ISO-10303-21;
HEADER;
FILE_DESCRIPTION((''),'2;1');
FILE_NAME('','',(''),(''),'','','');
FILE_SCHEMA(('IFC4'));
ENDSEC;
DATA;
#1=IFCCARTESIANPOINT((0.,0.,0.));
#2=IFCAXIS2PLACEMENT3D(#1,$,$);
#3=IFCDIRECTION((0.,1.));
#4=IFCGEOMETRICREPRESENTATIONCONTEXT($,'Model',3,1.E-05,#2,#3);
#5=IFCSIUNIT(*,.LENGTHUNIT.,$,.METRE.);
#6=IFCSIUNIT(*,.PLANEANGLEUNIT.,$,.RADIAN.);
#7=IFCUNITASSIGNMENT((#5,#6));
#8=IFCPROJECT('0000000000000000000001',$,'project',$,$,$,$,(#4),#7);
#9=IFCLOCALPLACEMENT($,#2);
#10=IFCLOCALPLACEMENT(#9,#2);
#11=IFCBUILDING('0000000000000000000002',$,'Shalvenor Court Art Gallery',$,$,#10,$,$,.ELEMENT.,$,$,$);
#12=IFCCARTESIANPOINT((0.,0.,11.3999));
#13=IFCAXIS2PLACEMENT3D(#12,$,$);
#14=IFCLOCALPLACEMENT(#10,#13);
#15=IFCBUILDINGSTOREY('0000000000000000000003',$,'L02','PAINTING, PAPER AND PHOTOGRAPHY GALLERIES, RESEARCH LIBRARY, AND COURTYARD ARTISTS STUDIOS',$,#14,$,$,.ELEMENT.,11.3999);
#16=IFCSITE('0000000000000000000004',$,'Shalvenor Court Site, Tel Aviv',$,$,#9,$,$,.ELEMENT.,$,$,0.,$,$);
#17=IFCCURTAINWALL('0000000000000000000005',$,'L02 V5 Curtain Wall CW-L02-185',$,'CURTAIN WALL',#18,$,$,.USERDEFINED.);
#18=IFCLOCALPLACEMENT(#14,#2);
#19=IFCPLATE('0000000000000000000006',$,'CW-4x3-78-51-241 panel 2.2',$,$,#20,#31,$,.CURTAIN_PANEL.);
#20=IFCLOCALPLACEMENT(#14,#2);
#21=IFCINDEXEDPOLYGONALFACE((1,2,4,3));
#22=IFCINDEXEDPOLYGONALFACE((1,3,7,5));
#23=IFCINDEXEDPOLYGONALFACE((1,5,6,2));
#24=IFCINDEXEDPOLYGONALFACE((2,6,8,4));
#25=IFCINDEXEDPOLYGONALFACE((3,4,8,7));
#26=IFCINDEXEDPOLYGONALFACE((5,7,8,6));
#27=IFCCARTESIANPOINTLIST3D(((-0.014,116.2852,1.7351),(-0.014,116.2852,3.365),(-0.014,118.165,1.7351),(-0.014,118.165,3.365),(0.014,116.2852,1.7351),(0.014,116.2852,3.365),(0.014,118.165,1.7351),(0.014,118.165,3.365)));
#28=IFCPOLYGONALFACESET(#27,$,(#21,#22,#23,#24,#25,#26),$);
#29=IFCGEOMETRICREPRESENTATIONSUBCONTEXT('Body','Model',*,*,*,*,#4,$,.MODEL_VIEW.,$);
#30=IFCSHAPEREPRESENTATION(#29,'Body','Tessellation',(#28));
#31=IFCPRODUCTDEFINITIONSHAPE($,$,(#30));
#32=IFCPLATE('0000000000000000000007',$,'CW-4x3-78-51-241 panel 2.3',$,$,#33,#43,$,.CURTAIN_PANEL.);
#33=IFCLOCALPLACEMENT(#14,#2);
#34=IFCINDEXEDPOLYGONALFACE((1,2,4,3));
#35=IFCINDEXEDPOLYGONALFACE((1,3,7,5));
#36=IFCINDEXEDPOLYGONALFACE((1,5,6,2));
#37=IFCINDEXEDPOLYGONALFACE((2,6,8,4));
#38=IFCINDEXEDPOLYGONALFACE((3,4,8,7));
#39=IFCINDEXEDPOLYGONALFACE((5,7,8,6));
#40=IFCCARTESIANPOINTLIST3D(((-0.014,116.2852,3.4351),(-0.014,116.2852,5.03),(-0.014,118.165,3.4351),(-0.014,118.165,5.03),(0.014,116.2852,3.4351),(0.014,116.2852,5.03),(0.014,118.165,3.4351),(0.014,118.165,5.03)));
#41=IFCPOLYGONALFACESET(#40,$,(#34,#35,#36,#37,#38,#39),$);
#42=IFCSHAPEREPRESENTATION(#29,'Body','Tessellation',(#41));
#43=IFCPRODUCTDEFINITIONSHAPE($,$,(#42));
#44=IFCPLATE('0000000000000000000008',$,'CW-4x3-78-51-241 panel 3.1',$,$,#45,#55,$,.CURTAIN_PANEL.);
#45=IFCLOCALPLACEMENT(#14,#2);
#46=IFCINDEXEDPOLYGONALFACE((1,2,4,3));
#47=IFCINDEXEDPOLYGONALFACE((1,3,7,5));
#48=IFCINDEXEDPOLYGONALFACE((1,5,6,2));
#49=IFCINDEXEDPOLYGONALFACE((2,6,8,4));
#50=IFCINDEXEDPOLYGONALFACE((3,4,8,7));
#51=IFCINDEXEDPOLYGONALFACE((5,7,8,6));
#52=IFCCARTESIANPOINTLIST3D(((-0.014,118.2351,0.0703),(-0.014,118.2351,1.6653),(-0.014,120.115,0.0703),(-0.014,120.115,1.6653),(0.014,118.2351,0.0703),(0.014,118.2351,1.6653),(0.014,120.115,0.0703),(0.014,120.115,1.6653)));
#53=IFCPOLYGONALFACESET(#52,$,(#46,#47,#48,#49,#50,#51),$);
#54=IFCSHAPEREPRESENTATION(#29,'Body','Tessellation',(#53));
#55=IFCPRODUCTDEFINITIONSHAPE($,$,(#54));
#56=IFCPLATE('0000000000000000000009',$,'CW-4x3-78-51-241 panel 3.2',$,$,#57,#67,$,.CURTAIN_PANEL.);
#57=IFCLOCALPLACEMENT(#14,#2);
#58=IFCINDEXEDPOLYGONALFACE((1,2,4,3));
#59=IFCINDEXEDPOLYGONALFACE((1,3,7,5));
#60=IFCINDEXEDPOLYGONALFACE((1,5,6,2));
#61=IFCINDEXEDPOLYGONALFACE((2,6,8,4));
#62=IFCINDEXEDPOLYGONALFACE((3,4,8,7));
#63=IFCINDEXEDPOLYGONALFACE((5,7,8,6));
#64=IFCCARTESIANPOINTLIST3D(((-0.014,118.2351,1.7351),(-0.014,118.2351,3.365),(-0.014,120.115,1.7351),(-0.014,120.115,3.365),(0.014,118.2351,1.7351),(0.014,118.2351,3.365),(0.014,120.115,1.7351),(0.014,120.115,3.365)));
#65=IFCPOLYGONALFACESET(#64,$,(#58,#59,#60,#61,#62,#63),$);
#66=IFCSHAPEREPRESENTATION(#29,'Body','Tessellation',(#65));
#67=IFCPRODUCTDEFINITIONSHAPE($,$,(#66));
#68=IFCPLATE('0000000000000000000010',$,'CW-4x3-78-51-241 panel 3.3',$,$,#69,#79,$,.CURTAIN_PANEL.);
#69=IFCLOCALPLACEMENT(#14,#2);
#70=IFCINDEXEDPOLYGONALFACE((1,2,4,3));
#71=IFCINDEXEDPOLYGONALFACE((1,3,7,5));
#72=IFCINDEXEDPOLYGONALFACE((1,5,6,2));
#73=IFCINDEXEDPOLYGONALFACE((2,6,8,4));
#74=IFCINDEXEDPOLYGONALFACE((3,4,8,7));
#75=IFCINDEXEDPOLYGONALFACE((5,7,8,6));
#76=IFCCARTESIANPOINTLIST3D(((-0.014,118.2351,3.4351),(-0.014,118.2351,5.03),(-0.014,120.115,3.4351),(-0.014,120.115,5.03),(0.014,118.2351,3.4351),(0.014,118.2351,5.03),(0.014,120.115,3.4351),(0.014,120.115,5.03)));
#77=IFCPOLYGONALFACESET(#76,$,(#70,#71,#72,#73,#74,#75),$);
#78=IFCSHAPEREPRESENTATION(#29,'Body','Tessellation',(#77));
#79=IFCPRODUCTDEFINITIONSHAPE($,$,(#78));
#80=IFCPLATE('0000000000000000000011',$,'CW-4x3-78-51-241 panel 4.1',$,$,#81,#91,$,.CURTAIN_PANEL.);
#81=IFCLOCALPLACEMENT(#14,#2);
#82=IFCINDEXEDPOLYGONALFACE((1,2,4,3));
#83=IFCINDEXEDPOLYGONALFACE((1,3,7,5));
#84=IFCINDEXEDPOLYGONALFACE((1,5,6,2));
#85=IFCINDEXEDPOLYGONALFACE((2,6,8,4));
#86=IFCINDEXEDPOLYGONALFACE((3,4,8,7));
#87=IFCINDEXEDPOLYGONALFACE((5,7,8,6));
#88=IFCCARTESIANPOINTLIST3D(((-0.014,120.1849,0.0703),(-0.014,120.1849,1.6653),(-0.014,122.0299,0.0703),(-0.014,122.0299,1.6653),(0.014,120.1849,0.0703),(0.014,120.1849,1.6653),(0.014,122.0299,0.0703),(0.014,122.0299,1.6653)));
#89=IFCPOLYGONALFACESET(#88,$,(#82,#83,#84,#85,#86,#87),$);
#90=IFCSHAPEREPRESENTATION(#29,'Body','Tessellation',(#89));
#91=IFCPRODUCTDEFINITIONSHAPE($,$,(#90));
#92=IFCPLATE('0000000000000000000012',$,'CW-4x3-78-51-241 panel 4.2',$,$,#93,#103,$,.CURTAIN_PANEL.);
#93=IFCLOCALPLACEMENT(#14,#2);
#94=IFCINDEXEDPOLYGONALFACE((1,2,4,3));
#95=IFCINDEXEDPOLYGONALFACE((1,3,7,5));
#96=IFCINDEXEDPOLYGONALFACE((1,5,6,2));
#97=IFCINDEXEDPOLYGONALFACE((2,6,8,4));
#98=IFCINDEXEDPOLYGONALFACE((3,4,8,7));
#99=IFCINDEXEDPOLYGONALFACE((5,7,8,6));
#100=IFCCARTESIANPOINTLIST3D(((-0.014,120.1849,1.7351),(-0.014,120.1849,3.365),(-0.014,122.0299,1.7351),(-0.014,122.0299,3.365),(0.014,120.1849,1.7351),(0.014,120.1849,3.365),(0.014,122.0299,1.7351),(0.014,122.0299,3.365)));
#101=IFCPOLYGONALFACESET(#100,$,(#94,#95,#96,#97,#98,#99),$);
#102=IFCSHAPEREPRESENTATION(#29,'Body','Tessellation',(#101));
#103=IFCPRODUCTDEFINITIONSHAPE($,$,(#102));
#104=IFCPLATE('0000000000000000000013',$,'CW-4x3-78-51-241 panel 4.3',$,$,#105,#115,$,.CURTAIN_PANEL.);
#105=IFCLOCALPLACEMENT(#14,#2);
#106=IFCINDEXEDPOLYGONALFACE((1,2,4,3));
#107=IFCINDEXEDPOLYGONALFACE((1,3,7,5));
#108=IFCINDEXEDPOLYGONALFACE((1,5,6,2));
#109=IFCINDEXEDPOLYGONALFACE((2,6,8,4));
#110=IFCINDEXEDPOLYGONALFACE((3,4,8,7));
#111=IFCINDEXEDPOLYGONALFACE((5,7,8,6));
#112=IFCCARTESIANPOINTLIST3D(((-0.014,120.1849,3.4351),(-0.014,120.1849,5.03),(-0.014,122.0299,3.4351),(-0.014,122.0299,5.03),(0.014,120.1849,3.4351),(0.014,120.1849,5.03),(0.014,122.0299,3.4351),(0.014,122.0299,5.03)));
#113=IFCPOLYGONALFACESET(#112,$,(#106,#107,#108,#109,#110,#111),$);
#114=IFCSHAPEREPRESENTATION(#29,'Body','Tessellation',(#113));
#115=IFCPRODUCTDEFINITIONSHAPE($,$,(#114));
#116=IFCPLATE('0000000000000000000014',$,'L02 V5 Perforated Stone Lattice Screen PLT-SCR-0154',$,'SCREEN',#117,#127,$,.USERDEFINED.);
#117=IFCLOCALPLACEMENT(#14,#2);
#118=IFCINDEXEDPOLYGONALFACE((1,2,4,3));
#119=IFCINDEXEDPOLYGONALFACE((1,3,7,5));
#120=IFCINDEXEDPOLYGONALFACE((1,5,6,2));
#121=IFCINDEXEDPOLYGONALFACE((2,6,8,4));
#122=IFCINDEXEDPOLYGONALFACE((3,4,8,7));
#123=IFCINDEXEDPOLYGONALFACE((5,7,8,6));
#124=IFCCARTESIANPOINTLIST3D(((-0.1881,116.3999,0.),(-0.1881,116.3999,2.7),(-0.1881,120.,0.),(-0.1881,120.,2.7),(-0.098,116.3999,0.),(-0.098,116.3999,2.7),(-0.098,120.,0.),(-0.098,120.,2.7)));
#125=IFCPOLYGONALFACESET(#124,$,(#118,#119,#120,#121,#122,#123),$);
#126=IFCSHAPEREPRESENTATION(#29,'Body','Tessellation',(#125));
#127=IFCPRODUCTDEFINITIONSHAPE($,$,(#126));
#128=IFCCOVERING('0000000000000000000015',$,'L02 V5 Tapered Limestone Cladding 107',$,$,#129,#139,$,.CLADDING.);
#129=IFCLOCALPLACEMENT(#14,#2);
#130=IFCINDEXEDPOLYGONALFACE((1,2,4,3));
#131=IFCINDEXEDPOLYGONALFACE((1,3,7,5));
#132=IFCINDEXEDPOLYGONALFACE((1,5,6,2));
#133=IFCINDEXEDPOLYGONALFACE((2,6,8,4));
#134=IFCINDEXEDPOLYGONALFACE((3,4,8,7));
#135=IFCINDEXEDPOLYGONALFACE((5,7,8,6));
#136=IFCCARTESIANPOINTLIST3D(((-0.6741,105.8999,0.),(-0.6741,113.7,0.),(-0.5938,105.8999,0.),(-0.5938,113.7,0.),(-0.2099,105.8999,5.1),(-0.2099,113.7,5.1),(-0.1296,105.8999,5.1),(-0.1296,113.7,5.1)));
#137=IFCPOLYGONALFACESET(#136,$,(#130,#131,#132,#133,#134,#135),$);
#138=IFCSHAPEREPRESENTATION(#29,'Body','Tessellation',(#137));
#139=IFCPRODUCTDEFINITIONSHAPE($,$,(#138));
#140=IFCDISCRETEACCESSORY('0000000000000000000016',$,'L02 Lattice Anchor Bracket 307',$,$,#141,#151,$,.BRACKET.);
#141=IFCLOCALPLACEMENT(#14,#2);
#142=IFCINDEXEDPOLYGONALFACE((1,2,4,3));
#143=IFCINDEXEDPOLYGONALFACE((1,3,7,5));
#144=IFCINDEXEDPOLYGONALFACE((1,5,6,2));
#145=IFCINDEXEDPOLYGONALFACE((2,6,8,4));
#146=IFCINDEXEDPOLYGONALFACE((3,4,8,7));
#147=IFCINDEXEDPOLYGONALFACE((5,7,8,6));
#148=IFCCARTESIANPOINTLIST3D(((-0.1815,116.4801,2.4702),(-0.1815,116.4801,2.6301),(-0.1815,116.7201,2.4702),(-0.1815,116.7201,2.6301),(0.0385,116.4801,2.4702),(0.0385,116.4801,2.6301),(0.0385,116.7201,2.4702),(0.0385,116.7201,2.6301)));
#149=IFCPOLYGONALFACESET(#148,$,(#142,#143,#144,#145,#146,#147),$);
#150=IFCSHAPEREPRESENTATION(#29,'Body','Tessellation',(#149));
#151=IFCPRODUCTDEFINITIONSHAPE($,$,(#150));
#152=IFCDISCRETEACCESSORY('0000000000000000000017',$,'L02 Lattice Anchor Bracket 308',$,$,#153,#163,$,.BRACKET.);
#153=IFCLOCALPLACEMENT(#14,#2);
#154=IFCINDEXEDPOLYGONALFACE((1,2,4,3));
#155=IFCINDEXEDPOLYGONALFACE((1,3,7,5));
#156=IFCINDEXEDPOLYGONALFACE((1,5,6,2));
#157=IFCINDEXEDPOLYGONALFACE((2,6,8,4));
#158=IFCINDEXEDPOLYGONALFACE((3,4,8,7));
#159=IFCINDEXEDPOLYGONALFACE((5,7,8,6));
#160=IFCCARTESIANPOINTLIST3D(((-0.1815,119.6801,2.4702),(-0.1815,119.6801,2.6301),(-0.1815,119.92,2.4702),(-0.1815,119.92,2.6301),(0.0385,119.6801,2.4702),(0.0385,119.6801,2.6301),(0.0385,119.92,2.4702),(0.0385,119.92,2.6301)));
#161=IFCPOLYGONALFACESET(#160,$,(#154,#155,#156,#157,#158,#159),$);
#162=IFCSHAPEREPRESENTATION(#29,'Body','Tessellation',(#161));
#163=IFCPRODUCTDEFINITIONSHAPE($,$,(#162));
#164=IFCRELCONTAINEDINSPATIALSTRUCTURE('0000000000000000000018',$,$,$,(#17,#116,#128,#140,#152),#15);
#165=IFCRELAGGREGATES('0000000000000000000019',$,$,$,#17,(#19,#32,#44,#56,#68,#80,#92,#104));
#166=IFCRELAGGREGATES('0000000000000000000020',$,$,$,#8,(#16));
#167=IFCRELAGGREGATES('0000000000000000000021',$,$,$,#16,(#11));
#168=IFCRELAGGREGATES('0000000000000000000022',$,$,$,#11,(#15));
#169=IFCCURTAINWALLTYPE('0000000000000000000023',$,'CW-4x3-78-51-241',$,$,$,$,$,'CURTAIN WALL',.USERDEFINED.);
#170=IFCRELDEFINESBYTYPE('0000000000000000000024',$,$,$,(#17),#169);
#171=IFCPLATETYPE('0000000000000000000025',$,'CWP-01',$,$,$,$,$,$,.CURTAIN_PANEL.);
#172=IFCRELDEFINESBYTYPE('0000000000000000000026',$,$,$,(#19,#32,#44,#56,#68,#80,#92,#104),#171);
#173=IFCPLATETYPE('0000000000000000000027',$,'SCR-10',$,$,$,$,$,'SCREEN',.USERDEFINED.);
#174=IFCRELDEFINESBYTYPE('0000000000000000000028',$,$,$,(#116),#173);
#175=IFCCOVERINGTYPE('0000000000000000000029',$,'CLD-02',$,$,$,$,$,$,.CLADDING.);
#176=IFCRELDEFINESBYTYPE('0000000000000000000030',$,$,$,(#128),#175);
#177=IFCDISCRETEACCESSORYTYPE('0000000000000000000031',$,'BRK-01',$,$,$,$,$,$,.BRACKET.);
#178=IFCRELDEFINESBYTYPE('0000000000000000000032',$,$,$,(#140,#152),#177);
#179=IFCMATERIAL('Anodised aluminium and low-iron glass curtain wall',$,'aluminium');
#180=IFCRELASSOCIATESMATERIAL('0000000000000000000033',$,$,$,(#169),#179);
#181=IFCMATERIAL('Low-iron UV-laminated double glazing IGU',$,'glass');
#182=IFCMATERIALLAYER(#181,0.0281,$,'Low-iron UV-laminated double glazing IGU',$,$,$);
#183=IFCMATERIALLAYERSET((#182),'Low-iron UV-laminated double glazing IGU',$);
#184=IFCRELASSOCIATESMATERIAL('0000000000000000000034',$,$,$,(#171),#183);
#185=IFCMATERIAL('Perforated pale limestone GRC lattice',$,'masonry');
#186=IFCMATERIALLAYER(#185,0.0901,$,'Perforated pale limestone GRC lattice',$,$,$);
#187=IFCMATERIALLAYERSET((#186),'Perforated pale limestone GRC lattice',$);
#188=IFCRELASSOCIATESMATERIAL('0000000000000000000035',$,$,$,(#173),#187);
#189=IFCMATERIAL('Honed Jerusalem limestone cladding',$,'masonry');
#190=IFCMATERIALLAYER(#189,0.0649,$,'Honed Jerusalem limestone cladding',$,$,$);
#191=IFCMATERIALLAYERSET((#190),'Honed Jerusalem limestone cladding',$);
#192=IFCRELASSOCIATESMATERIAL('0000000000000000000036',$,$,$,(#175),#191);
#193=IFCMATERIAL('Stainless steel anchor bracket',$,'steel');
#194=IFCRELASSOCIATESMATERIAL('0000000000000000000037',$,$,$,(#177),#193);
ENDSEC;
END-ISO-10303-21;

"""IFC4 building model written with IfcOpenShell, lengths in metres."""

from ifc_helpers import new_model, si_unit, direction, frame, origin, origin_2d, place, context, subcontext, project, spatial, polyline, rectangle, outline, extrude, material, layer, layer_set, type_object, element, aggregate, save


model = new_model("IFC4")

# Units and contexts
model_context = context("Model", 3, precision=1e-05, world=origin(), true_north=direction((0.0, 1.0)))
body_context = subcontext(model_context, "Body", "Model", "MODEL_VIEW")
ifc_project = project(units=[si_unit("LENGTHUNIT", "METRE"), si_unit("PLANEANGLEUNIT", "RADIAN")], contexts=[model_context])

# Site, building, storey
site_placement = place(None, origin())
site = spatial("IfcSite", under=ifc_project, at=site_placement, Name="Shalvenor Court Site, Tel Aviv", CompositionType="ELEMENT", RefElevation=0.0)
building_placement = place(site_placement, origin())
building = spatial("IfcBuilding", under=site, at=building_placement, Name="Shalvenor Court Art Gallery", CompositionType="ELEMENT")
storey_placement = place(building_placement, frame((0.0, 0.0, 11.3999)))
storey = spatial("IfcBuildingStorey", under=building, at=storey_placement, Name="L02", Description="PAINTING, PAPER AND PHOTOGRAPHY GALLERIES, RESEARCH LIBRARY, AND COURTYARD ARTISTS STUDIOS", CompositionType="ELEMENT", Elevation=11.3999)

# Curtain wall, plates
ifc_material_1 = material(Name="Anodised aluminium and low-iron glass curtain wall", Category="aluminium")
curtain_wall_type = type_object("IfcCurtainWallType", Name="CW-4x3-78-51-241", ElementType="CURTAIN WALL", PredefinedType="USERDEFINED", material=ifc_material_1)
curtain_wall_placement = place(storey_placement, origin())
curtain_wall = element("IfcCurtainWall", 1, at=curtain_wall_placement, inside=storey, type_object=curtain_wall_type, Name="L02 V5 Curtain Wall CW-L02-185", ObjectType="CURTAIN WALL", PredefinedType="USERDEFINED")
ifc_material_2 = material(Name="Low-iron UV-laminated double glazing IGU", Category="glass")
ifc_layer_1 = layer(ifc_material_2, 0.0281, Name="Low-iron UV-laminated double glazing IGU")
ifc_layer_set_1 = layer_set([ifc_layer_1], Name="Low-iron UV-laminated double glazing IGU")
plate_type_1 = type_object("IfcPlateType", Name="CWP-01", PredefinedType="CURTAIN_PANEL", material=ifc_layer_set_1)
plate_1_placement = place(storey_placement, frame((0.0, 117.2251, 1.7351), z_axis=(0.0, 0.0, 1.0), x_axis=(0.0, 1.0, 0.0)))
plate_1 = element("IfcPlate", 2, at=plate_1_placement, type_object=plate_type_1, Name="CW-4x3-78-51-241 panel 2.2", PredefinedType="CURTAIN_PANEL", context=body_context, shape_type="SweptSolid", body=[
    extrude(rectangle(XDim=1.8799, YDim=0.0281, at=origin_2d()), origin(), (0.0, 0.0, 1.0), 1.6299),
])
plate_2_placement = place(storey_placement, frame((0.0, 117.2251, 3.4351), z_axis=(0.0, 0.0, 1.0), x_axis=(0.0, 1.0, 0.0)))
plate_2 = element("IfcPlate", 3, at=plate_2_placement, type_object=plate_type_1, Name="CW-4x3-78-51-241 panel 2.3", PredefinedType="CURTAIN_PANEL", context=body_context, shape_type="SweptSolid", body=[
    extrude(rectangle(XDim=1.8799, YDim=0.0281, at=origin_2d()), origin(), (0.0, 0.0, 1.0), 1.595),
])
plate_3_placement = place(storey_placement, frame((0.0, 119.175, 0.0703), z_axis=(0.0, 0.0, 1.0), x_axis=(0.0, 1.0, 0.0)))
plate_3 = element("IfcPlate", 4, at=plate_3_placement, type_object=plate_type_1, Name="CW-4x3-78-51-241 panel 3.1", PredefinedType="CURTAIN_PANEL", context=body_context, shape_type="SweptSolid", body=[
    extrude(rectangle(XDim=1.8799, YDim=0.0281, at=origin_2d()), origin(), (0.0, 0.0, 1.0), 1.595),
])
plate_4_placement = place(storey_placement, frame((0.0, 119.175, 1.7351), z_axis=(0.0, 0.0, 1.0), x_axis=(0.0, 1.0, 0.0)))
plate_4 = element("IfcPlate", 5, at=plate_4_placement, type_object=plate_type_1, Name="CW-4x3-78-51-241 panel 3.2", PredefinedType="CURTAIN_PANEL", context=body_context, shape_type="SweptSolid", body=[
    extrude(rectangle(XDim=1.8799, YDim=0.0281, at=origin_2d()), origin(), (0.0, 0.0, 1.0), 1.6299),
])
plate_5_placement = place(storey_placement, frame((0.0, 119.175, 3.4351), z_axis=(0.0, 0.0, 1.0), x_axis=(0.0, 1.0, 0.0)))
plate_5 = element("IfcPlate", 6, at=plate_5_placement, type_object=plate_type_1, Name="CW-4x3-78-51-241 panel 3.3", PredefinedType="CURTAIN_PANEL", context=body_context, shape_type="SweptSolid", body=[
    extrude(rectangle(XDim=1.8799, YDim=0.0281, at=origin_2d()), origin(), (0.0, 0.0, 1.0), 1.595),
])
plate_6_placement = place(storey_placement, frame((0.0, 121.1074, 0.0703), z_axis=(0.0, 0.0, 1.0), x_axis=(0.0, 1.0, 0.0)))
plate_6 = element("IfcPlate", 7, at=plate_6_placement, type_object=plate_type_1, Name="CW-4x3-78-51-241 panel 4.1", PredefinedType="CURTAIN_PANEL", context=body_context, shape_type="SweptSolid", body=[
    extrude(rectangle(XDim=1.845, YDim=0.0281, at=origin_2d()), origin(), (0.0, 0.0, 1.0), 1.595),
])
plate_7_placement = place(storey_placement, frame((0.0, 121.1074, 1.7351), z_axis=(0.0, 0.0, 1.0), x_axis=(0.0, 1.0, 0.0)))
plate_7 = element("IfcPlate", 8, at=plate_7_placement, type_object=plate_type_1, Name="CW-4x3-78-51-241 panel 4.2", PredefinedType="CURTAIN_PANEL", context=body_context, shape_type="SweptSolid", body=[
    extrude(rectangle(XDim=1.845, YDim=0.0281, at=origin_2d()), origin(), (0.0, 0.0, 1.0), 1.6299),
])
plate_8_placement = place(storey_placement, frame((0.0, 121.1074, 3.4351), z_axis=(0.0, 0.0, 1.0), x_axis=(0.0, 1.0, 0.0)))
plate_8 = element("IfcPlate", 9, at=plate_8_placement, type_object=plate_type_1, Name="CW-4x3-78-51-241 panel 4.3", PredefinedType="CURTAIN_PANEL", context=body_context, shape_type="SweptSolid", body=[
    extrude(rectangle(XDim=1.845, YDim=0.0281, at=origin_2d()), origin(), (0.0, 0.0, 1.0), 1.595),
])
aggregate(curtain_wall, [plate_1, plate_2, plate_3, plate_4, plate_5, plate_6, plate_7, plate_8])

# Plate
ifc_material_3 = material(Name="Perforated pale limestone GRC lattice", Category="masonry")
ifc_layer_2 = layer(ifc_material_3, 0.0901, Name="Perforated pale limestone GRC lattice")
ifc_layer_set_2 = layer_set([ifc_layer_2], Name="Perforated pale limestone GRC lattice")
plate_type_2 = type_object("IfcPlateType", Name="SCR-10", ElementType="SCREEN", PredefinedType="USERDEFINED", material=ifc_layer_set_2)
plate_9_placement = place(storey_placement, frame((-0.1431, 118.2, 0.0), z_axis=(0.0, 0.0, 1.0), x_axis=(0.0, 1.0, 0.0)))
element("IfcPlate", 10, at=plate_9_placement, inside=storey, type_object=plate_type_2, Name="L02 V5 Perforated Stone Lattice Screen PLT-SCR-0154", ObjectType="SCREEN", PredefinedType="USERDEFINED", context=body_context, shape_type="SweptSolid", body=[
    extrude(rectangle(XDim=3.6001, YDim=0.0901, at=origin_2d()), origin(), (0.0, 0.0, 1.0), 2.7),
])

# Covering
ifc_material_4 = material(Name="Honed Jerusalem limestone cladding", Category="masonry")
ifc_layer_3 = layer(ifc_material_4, 0.0649, Name="Honed Jerusalem limestone cladding")
ifc_layer_set_3 = layer_set([ifc_layer_3], Name="Honed Jerusalem limestone cladding")
covering_type = type_object("IfcCoveringType", Name="CLD-02", PredefinedType="CLADDING", material=ifc_layer_set_3)
covering_placement = place(storey_placement, frame((-0.6741, 113.7, 0.0), z_axis=(0.0, 0.0, 1.0), x_axis=(0.0, -1.0, 0.0)))
element("IfcCovering", 11, at=covering_placement, inside=storey, type_object=covering_type, Name="L02 V5 Tapered Limestone Cladding 107", PredefinedType="CLADDING", context=body_context, shape_type="SweptSolid", body=[
    extrude(outline(polyline([(0.0, 0.0), (7.8, 0.0), (7.8, 5.1211), (0.0, 5.1211), (0.0, 0.0)])), frame((0.0, 0.0, 0.0), z_axis=(0.0, -0.995884, 0.090633), x_axis=(1.0, 0.0, 0.0)), (0.0, 0.090633, -0.995884), 0.0803),
])

# Discrete accessories
ifc_material_5 = material(Name="Stainless steel anchor bracket", Category="steel")
discrete_accessory_type = type_object("IfcDiscreteAccessoryType", Name="BRK-01", PredefinedType="BRACKET", material=ifc_material_5)
for number, where, z_axis, x_axis, name in (
    (12, (-0.0715, 116.6001, 2.4702), (0.0, 0.0, 1.0), (0.0, 1.0, 0.0), "L02 Lattice Anchor Bracket 307"),
    (13, (-0.0715, 119.8, 2.4702), (0.0, 0.0, 1.0), (0.0, 1.0, 0.0), "L02 Lattice Anchor Bracket 308"),
):
    element("IfcDiscreteAccessory", number, at=place(storey_placement, frame(where, z_axis=z_axis, x_axis=x_axis)), inside=storey, type_object=discrete_accessory_type, Name=name, PredefinedType="BRACKET", context=body_context, shape_type="SweptSolid", body=[
        extrude(rectangle(XDim=0.24, YDim=0.22, at=origin_2d()), origin(), (0.0, 0.0, 1.0), 0.1599),
    ])

save(model, "model.ifc")
